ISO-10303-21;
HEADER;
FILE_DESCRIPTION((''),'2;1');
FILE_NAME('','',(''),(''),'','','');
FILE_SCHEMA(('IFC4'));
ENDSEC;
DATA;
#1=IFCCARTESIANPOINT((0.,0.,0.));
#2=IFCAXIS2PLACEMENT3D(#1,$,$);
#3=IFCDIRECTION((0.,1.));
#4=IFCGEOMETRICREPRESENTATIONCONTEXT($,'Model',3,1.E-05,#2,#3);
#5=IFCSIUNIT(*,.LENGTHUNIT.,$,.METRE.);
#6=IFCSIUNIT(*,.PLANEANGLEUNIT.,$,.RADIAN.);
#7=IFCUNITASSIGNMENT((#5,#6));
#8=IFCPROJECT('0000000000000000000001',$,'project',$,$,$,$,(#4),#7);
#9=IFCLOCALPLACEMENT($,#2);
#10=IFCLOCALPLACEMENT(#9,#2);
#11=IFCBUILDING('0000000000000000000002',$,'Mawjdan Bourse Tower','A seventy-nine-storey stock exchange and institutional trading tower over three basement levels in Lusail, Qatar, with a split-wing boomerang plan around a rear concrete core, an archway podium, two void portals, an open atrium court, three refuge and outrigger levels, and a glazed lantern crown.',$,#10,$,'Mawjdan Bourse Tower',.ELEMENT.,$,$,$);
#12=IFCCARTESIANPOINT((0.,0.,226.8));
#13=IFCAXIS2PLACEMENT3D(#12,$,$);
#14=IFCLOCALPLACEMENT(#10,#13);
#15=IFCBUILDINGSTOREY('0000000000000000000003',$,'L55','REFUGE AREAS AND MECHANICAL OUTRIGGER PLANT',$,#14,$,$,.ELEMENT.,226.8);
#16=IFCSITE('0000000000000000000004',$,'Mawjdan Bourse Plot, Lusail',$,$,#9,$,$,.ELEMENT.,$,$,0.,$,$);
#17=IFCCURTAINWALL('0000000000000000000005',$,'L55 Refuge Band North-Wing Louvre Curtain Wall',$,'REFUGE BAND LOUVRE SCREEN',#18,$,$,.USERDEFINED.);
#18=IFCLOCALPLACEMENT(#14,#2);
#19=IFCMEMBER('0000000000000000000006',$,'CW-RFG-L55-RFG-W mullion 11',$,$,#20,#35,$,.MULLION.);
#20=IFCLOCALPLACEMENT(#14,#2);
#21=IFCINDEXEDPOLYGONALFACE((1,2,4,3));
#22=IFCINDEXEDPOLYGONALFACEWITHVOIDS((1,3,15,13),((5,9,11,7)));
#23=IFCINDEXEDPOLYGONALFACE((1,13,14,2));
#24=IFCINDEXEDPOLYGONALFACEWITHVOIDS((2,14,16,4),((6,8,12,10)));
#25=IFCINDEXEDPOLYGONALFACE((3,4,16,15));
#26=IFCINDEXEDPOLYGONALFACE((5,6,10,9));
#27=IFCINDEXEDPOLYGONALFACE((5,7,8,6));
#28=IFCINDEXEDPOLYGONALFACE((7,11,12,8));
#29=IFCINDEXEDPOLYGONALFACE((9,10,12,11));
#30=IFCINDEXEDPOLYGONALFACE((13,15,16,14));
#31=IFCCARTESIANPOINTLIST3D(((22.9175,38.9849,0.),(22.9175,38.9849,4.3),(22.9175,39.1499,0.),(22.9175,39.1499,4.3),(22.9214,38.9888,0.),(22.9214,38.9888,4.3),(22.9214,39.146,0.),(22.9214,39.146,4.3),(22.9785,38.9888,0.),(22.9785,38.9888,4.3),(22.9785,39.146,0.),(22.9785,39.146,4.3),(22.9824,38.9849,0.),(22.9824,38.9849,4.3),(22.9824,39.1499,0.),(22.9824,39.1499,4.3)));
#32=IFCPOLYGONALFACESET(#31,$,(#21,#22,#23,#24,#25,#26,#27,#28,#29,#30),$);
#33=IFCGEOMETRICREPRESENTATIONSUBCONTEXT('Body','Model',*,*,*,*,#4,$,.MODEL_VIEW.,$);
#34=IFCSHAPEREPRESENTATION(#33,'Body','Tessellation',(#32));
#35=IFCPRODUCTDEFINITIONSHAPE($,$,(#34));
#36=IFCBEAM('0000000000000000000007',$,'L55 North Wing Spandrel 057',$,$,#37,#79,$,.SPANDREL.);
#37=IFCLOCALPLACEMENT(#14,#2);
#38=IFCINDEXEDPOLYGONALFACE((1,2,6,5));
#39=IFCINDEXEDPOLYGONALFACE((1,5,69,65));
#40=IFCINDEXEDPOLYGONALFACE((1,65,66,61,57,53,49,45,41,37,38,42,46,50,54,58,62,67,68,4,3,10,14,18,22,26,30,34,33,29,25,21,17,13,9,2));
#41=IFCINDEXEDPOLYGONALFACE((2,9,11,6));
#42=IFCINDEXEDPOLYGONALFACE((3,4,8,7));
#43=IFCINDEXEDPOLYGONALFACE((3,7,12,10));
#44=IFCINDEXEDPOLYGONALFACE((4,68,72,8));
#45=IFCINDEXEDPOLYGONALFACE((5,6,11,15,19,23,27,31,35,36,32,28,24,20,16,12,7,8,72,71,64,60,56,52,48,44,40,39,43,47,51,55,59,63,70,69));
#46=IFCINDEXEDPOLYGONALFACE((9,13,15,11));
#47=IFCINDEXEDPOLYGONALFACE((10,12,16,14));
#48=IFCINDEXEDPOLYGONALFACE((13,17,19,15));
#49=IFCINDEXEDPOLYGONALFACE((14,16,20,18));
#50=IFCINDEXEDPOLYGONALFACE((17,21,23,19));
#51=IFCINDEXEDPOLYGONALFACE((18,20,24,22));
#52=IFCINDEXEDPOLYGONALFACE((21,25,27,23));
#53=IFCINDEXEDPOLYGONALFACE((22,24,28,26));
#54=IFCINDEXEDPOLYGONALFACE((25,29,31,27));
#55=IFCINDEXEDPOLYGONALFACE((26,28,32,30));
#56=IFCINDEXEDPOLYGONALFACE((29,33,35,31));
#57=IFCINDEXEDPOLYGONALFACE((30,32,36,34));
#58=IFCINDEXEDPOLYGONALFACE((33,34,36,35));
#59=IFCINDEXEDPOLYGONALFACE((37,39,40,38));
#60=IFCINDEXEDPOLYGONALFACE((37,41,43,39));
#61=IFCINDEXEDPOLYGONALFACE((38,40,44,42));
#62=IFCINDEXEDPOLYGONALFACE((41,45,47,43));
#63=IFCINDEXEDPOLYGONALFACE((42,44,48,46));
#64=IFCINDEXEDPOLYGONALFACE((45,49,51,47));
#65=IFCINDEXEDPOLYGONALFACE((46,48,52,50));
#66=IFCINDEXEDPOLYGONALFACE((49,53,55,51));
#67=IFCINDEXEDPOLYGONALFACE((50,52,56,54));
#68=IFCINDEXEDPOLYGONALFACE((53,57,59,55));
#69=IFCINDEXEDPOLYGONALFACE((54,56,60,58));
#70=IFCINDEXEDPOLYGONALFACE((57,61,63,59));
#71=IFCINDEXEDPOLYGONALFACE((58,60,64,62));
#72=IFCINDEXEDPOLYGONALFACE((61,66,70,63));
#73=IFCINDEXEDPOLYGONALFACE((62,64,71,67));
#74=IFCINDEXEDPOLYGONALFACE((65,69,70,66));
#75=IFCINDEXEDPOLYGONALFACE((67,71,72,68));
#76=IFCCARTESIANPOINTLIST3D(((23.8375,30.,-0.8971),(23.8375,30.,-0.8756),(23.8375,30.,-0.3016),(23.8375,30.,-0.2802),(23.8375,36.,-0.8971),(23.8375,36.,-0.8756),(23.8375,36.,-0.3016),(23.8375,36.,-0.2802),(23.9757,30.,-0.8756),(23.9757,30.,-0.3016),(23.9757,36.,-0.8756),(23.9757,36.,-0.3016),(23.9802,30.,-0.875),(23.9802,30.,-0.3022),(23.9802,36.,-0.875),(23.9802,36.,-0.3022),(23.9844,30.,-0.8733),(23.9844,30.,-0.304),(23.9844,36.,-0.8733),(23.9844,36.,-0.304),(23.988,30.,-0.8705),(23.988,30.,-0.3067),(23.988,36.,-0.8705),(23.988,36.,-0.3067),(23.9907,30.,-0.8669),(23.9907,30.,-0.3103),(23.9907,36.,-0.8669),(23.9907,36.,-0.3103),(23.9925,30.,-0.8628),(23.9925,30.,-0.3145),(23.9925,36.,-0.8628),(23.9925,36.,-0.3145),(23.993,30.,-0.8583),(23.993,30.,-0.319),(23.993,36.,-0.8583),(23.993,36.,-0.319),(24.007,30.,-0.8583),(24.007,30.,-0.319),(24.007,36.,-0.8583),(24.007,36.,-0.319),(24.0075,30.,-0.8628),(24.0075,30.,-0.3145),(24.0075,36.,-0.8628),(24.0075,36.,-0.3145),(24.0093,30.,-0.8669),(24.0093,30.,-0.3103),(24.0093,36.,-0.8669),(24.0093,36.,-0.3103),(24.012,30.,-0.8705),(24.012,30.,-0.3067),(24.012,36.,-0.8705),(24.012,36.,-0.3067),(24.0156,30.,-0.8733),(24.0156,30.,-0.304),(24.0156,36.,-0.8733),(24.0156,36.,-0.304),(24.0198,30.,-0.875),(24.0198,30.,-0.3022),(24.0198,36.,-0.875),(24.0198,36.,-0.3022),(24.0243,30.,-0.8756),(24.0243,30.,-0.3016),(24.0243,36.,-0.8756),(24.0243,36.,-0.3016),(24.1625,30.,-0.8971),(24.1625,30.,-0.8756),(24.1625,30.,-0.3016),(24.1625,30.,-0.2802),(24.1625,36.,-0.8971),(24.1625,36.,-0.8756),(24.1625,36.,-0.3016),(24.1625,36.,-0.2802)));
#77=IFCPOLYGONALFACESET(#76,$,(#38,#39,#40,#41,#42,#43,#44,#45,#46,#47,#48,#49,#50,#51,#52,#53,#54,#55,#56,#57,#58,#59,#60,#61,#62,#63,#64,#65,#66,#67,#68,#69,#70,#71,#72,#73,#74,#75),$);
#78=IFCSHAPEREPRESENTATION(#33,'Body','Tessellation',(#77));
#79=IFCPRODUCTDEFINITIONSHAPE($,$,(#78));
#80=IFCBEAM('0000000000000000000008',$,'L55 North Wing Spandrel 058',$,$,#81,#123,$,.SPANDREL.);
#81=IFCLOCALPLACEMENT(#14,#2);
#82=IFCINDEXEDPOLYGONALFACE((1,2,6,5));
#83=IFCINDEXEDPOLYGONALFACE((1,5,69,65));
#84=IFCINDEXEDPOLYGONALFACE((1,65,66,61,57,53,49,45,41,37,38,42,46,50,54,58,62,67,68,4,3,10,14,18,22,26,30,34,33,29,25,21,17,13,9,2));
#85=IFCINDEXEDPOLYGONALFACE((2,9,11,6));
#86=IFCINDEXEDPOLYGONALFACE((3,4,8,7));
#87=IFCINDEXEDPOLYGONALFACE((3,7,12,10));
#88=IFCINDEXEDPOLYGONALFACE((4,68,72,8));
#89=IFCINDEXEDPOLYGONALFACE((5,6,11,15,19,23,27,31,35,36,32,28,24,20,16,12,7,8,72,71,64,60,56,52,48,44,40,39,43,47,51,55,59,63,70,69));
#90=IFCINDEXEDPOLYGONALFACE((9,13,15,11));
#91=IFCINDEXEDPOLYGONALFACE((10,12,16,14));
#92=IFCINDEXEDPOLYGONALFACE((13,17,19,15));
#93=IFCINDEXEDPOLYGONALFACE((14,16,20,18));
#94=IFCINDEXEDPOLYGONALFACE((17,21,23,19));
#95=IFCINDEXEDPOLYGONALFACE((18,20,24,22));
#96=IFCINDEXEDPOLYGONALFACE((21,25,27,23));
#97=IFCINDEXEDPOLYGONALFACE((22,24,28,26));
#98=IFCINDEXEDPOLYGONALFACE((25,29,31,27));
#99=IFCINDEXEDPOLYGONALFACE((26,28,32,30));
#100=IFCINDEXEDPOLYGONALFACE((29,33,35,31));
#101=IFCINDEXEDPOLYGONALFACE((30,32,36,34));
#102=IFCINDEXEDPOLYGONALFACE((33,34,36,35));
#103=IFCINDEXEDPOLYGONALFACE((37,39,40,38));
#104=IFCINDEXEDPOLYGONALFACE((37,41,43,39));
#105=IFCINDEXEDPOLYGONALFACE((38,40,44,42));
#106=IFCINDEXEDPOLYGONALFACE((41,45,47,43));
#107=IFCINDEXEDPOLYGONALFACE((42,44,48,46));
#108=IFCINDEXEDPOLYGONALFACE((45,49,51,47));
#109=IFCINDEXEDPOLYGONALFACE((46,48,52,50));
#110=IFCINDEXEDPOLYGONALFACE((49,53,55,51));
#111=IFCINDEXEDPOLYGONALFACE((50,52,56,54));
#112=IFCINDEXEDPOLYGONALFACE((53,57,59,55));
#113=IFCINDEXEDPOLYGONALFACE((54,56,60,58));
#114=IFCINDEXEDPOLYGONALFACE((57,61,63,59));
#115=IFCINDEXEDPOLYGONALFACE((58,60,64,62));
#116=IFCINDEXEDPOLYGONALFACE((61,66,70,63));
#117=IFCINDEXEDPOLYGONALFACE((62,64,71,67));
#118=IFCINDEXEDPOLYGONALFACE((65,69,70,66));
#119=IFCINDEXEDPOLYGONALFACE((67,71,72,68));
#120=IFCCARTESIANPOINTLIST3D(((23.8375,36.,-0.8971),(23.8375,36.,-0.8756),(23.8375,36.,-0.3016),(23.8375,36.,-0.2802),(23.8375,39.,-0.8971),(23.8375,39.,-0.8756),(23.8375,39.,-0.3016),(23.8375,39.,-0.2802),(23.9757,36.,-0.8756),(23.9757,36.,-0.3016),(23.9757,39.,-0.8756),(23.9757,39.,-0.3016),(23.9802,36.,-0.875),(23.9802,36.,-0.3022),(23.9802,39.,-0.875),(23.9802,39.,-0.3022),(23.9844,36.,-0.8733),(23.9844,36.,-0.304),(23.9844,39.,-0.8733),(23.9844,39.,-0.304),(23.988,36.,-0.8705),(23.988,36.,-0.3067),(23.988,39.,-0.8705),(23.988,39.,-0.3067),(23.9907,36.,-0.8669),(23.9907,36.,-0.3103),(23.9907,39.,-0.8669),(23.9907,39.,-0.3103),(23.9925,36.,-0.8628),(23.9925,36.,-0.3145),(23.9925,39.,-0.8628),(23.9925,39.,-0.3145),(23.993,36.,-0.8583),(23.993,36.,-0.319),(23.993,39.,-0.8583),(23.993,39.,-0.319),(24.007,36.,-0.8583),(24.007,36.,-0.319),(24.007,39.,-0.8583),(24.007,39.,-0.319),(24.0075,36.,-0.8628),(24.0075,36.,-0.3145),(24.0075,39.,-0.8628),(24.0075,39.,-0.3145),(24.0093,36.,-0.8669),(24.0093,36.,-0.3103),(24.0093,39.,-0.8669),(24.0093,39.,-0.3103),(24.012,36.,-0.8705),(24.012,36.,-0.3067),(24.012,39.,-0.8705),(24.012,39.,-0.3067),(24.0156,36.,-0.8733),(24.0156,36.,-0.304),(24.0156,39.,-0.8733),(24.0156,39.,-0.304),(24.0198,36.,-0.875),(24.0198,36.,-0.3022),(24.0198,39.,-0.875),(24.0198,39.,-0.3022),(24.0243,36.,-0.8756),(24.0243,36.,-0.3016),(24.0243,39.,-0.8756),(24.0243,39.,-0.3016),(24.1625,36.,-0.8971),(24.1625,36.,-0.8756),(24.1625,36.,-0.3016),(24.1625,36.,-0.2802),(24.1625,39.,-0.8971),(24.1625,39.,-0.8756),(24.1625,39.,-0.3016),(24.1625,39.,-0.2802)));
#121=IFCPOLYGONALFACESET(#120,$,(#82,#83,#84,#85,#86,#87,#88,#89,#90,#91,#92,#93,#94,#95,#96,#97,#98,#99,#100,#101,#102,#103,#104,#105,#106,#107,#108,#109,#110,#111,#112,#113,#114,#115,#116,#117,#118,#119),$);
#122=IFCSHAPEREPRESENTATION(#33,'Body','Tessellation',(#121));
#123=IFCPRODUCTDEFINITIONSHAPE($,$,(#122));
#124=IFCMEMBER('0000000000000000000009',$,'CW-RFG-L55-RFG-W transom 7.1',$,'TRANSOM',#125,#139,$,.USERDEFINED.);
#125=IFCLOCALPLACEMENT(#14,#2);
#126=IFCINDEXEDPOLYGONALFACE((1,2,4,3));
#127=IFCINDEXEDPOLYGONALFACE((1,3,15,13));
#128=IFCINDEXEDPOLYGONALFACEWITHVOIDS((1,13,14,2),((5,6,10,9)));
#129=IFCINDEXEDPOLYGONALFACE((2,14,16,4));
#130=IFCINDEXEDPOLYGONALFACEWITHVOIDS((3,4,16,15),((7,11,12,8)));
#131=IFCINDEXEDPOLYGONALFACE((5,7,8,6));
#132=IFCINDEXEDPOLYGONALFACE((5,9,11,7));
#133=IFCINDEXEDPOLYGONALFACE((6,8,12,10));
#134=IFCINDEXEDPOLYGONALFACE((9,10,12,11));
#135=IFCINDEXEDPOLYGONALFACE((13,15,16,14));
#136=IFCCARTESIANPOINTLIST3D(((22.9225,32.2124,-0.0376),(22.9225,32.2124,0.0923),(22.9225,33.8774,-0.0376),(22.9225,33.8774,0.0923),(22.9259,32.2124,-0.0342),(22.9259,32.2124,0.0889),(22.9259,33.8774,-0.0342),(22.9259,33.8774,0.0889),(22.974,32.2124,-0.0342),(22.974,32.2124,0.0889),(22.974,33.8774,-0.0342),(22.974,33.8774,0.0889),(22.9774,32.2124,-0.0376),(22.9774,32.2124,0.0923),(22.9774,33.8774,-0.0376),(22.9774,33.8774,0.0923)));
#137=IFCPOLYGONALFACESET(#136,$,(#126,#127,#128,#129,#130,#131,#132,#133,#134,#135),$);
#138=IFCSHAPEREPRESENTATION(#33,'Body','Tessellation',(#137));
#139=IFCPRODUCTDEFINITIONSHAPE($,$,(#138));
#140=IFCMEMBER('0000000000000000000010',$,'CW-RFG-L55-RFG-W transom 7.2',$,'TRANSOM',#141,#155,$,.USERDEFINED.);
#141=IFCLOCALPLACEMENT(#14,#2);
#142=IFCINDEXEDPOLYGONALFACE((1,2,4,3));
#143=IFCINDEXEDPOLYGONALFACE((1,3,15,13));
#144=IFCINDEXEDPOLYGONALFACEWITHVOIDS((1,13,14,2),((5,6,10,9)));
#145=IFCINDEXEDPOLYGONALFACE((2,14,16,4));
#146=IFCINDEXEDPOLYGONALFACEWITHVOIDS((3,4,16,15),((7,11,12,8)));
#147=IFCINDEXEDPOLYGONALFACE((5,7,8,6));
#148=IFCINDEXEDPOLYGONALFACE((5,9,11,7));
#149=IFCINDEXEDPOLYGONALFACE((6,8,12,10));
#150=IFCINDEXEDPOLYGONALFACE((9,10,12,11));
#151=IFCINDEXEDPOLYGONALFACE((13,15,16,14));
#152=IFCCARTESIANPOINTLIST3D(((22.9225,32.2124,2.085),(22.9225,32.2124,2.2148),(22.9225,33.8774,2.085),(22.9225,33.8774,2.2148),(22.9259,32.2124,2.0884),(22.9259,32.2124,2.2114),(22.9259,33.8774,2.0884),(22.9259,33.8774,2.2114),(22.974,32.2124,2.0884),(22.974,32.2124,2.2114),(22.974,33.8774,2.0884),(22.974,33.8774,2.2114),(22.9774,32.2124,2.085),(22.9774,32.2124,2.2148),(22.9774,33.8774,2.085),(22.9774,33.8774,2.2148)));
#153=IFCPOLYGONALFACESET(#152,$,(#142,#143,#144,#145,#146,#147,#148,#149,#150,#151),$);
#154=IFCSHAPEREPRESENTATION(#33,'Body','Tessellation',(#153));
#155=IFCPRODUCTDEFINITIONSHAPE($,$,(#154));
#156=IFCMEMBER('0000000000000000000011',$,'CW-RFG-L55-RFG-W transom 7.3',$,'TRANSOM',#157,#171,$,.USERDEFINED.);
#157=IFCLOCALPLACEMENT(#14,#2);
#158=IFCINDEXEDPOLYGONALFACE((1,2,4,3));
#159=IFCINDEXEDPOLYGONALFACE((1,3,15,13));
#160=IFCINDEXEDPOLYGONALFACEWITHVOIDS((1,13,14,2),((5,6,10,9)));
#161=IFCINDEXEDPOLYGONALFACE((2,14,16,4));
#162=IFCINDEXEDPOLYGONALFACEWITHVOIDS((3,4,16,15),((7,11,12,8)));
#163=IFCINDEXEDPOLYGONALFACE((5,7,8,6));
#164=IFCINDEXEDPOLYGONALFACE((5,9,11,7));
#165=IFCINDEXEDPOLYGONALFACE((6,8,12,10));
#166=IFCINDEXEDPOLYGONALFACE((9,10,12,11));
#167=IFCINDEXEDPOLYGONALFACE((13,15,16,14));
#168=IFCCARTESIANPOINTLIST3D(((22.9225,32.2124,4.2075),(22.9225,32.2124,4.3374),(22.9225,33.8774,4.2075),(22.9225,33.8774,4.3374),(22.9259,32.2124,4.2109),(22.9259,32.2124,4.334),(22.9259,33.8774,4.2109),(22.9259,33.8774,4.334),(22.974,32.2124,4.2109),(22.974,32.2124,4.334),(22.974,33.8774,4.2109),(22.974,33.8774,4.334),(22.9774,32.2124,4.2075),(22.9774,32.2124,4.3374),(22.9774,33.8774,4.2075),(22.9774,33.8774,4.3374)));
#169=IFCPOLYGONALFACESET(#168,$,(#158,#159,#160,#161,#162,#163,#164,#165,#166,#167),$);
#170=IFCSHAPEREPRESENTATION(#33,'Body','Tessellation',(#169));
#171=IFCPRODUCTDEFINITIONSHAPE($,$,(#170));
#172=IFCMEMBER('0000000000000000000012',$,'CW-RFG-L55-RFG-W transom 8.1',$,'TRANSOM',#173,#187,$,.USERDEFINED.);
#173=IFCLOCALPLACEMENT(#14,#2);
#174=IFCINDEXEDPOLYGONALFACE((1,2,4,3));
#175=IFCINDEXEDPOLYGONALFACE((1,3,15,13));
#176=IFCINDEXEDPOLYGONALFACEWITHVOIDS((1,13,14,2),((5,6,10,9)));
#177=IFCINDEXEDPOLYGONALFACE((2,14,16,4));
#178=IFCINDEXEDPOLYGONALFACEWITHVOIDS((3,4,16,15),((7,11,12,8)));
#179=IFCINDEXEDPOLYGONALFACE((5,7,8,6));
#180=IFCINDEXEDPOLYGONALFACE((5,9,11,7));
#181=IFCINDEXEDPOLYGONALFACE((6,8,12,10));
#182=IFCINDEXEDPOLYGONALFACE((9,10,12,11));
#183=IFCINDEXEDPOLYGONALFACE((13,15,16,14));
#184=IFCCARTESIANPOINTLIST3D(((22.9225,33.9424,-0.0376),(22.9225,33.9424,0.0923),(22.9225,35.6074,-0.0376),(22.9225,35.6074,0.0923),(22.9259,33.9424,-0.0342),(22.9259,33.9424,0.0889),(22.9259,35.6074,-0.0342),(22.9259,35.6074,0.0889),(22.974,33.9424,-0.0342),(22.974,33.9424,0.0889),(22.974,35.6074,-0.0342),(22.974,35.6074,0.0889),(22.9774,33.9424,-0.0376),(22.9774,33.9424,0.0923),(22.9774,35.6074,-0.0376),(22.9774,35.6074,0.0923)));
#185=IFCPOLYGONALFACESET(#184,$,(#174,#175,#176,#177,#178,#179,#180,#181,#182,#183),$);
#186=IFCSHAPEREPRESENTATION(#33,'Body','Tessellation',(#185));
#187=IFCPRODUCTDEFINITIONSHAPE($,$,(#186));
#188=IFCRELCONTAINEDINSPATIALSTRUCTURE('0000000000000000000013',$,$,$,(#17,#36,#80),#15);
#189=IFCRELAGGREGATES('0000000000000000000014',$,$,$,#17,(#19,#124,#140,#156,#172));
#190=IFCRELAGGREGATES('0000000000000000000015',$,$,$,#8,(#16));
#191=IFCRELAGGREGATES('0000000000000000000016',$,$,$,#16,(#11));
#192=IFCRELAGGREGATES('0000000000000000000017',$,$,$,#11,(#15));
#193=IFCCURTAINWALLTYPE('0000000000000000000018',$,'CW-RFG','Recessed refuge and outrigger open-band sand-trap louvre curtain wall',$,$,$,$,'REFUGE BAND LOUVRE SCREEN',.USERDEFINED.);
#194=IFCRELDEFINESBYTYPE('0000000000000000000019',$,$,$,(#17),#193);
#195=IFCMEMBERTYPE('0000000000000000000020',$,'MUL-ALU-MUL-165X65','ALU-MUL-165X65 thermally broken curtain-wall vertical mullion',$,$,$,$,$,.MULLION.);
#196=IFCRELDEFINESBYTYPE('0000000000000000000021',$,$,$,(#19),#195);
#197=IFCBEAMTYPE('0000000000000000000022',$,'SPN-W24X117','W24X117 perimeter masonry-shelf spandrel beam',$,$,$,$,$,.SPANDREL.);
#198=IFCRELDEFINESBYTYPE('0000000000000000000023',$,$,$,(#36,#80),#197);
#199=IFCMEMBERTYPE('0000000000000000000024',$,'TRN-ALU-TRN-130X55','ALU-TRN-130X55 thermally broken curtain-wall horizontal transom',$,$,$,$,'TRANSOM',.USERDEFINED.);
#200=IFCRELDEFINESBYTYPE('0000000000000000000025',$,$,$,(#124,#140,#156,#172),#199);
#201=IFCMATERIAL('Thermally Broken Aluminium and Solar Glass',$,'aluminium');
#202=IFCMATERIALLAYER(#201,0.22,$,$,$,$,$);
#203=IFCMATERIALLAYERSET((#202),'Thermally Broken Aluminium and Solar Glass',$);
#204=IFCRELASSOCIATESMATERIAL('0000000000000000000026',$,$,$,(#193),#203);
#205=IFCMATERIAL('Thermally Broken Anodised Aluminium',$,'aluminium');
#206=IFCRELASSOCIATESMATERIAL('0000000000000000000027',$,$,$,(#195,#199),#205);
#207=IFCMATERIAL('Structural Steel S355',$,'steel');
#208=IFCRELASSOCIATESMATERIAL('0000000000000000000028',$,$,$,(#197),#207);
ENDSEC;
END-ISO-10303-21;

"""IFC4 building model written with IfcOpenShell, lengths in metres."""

from ifc_helpers import new_model, si_unit, direction, frame, origin, origin_2d, place, context, subcontext, project, spatial, hollow_rectangle, i_section, extrude, material, layer, layer_set, material_profile, profile_set, type_object, element, aggregate, save


model = new_model("IFC4")

# Units and contexts
model_context = context("Model", 3, precision=1e-05, world=origin(), true_north=direction((0.0, 1.0)))
body_context = subcontext(model_context, "Body", "Model", "MODEL_VIEW")
ifc_project = project(units=[si_unit("LENGTHUNIT", "METRE"), si_unit("PLANEANGLEUNIT", "RADIAN")], contexts=[model_context])

# Site, building, storey
site_placement = place(None, origin())
site = spatial("IfcSite", under=ifc_project, at=site_placement, Name="Mawjdan Bourse Plot, Lusail", CompositionType="ELEMENT", RefElevation=0.0)
building_placement = place(site_placement, origin())
building = spatial("IfcBuilding", under=site, at=building_placement, Name="Mawjdan Bourse Tower", Description="A seventy-nine-storey stock exchange and institutional trading tower over three basement levels in Lusail, Qatar, with a split-wing boomerang plan around a rear concrete core, an archway podium, two void portals, an open atrium court, three refuge and outrigger levels, and a glazed lantern crown.", LongName="Mawjdan Bourse Tower", CompositionType="ELEMENT")
storey_placement = place(building_placement, frame((0.0, 0.0, 226.8)))
storey = spatial("IfcBuildingStorey", under=building, at=storey_placement, Name="L55", Description="REFUGE AREAS AND MECHANICAL OUTRIGGER PLANT", CompositionType="ELEMENT", Elevation=226.8)

# Curtain wall, member
ifc_material_1 = material(Name="Thermally Broken Aluminium and Solar Glass", Category="aluminium")
ifc_layer_1 = layer(ifc_material_1, 0.22)
ifc_layer_set_1 = layer_set([ifc_layer_1], Name="Thermally Broken Aluminium and Solar Glass")
curtain_wall_type = type_object("IfcCurtainWallType", Name="CW-RFG", Description="Recessed refuge and outrigger open-band sand-trap louvre curtain wall", ElementType="REFUGE BAND LOUVRE SCREEN", PredefinedType="USERDEFINED", material=ifc_layer_set_1)
curtain_wall_placement = place(storey_placement, origin())
curtain_wall = element("IfcCurtainWall", 1, at=curtain_wall_placement, inside=storey, type_object=curtain_wall_type, Name="L55 Refuge Band North-Wing Louvre Curtain Wall", ObjectType="REFUGE BAND LOUVRE SCREEN", PredefinedType="USERDEFINED")
ifc_material_2 = material(Name="Thermally Broken Anodised Aluminium", Category="aluminium")
ifc_material_profile_1 = material_profile(ifc_material_2, hollow_rectangle(XDim=0.0649, YDim=0.165, WallThickness=0.0039, at=origin_2d()), Name="ALU-MUL-165X65")
ifc_profile_set_1 = profile_set([ifc_material_profile_1], Name="Thermally Broken Anodised Aluminium")
member_type_1 = type_object("IfcMemberType", Name="MUL-ALU-MUL-165X65", Description="ALU-MUL-165X65 thermally broken curtain-wall vertical mullion", PredefinedType="MULLION", material=ifc_profile_set_1)
member_1_placement = place(storey_placement, frame((22.95, 39.0674, 0.0), z_axis=(0.0, 0.0, 1.0), x_axis=(-1.0, 0.0, 0.0)))
member_1 = element("IfcMember", 2, at=member_1_placement, type_object=member_type_1, Name="CW-RFG-L55-RFG-W mullion 11", PredefinedType="MULLION", context=body_context, shape_type="SweptSolid", body=[
    extrude(hollow_rectangle(XDim=0.0649, YDim=0.165, WallThickness=0.0039, at=origin_2d()), origin(), (0.0, 0.0, 1.0), 4.3),
])

# Beams
ifc_material_3 = material(Name="Structural Steel S355", Category="steel")
ifc_material_profile_2 = material_profile(ifc_material_3, i_section(OverallWidth=0.325, OverallDepth=0.6169, WebThickness=0.0139, FlangeThickness=0.0215, FilletRadius=0.0173, at=origin_2d()), Name="W24X117")
ifc_profile_set_2 = profile_set([ifc_material_profile_2], Name="Structural Steel S355")
beam_type = type_object("IfcBeamType", Name="SPN-W24X117", Description="W24X117 perimeter masonry-shelf spandrel beam", PredefinedType="SPANDREL", material=ifc_profile_set_2)
beam_1_placement = place(storey_placement, frame((24.0, 30.0, -0.5886), z_axis=(0.0, 1.0, 0.0), x_axis=(-1.0, 0.0, 0.0)))
element("IfcBeam", 3, at=beam_1_placement, inside=storey, type_object=beam_type, Name="L55 North Wing Spandrel 057", PredefinedType="SPANDREL", context=body_context, shape_type="SweptSolid", body=[
    extrude(i_section(OverallWidth=0.325, OverallDepth=0.6169, WebThickness=0.0139, FlangeThickness=0.0215, FilletRadius=0.0173, at=origin_2d()), origin(), (0.0, 0.0, 1.0), 6.0),
])
beam_2_placement = place(storey_placement, frame((24.0, 36.0, -0.5886), z_axis=(0.0, 1.0, 0.0), x_axis=(-1.0, 0.0, 0.0)))
element("IfcBeam", 4, at=beam_2_placement, inside=storey, type_object=beam_type, Name="L55 North Wing Spandrel 058", PredefinedType="SPANDREL", context=body_context, shape_type="SweptSolid", body=[
    extrude(i_section(OverallWidth=0.325, OverallDepth=0.6169, WebThickness=0.0139, FlangeThickness=0.0215, FilletRadius=0.0173, at=origin_2d()), origin(), (0.0, 0.0, 1.0), 3.0),
])

# Members
ifc_material_profile_3 = material_profile(ifc_material_2, hollow_rectangle(XDim=0.0549, YDim=0.1299, WallThickness=0.0034, at=origin_2d()), Name="ALU-TRN-130X55")
ifc_profile_set_3 = profile_set([ifc_material_profile_3], Name="Thermally Broken Anodised Aluminium")
member_type_2 = type_object("IfcMemberType", Name="TRN-ALU-TRN-130X55", Description="ALU-TRN-130X55 thermally broken curtain-wall horizontal transom", ElementType="TRANSOM", PredefinedType="USERDEFINED", material=ifc_profile_set_3)
member_2_placement = place(storey_placement, frame((22.95, 32.2124, 0.0273), z_axis=(0.0, 1.0, 0.0), x_axis=(-1.0, 0.0, 0.0)))
member_2 = element("IfcMember", 5, at=member_2_placement, type_object=member_type_2, Name="CW-RFG-L55-RFG-W transom 7.1", ObjectType="TRANSOM", PredefinedType="USERDEFINED", context=body_context, shape_type="SweptSolid", body=[
    extrude(hollow_rectangle(XDim=0.0549, YDim=0.1299, WallThickness=0.0034, at=origin_2d()), origin(), (0.0, 0.0, 1.0), 1.665),
])
member_3_placement = place(storey_placement, frame((22.95, 32.2124, 2.1499), z_axis=(0.0, 1.0, 0.0), x_axis=(-1.0, 0.0, 0.0)))
member_3 = element("IfcMember", 6, at=member_3_placement, type_object=member_type_2, Name="CW-RFG-L55-RFG-W transom 7.2", ObjectType="TRANSOM", PredefinedType="USERDEFINED", context=body_context, shape_type="SweptSolid", body=[
    extrude(hollow_rectangle(XDim=0.0549, YDim=0.1299, WallThickness=0.0034, at=origin_2d()), origin(), (0.0, 0.0, 1.0), 1.665),
])
member_4_placement = place(storey_placement, frame((22.95, 32.2124, 4.2725), z_axis=(0.0, 1.0, 0.0), x_axis=(-1.0, 0.0, 0.0)))
member_4 = element("IfcMember", 7, at=member_4_placement, type_object=member_type_2, Name="CW-RFG-L55-RFG-W transom 7.3", ObjectType="TRANSOM", PredefinedType="USERDEFINED", context=body_context, shape_type="SweptSolid", body=[
    extrude(hollow_rectangle(XDim=0.0549, YDim=0.1299, WallThickness=0.0034, at=origin_2d()), origin(), (0.0, 0.0, 1.0), 1.665),
])
member_5_placement = place(storey_placement, frame((22.95, 33.9424, 0.0273), z_axis=(0.0, 1.0, 0.0), x_axis=(-1.0, 0.0, 0.0)))
member_5 = element("IfcMember", 8, at=member_5_placement, type_object=member_type_2, Name="CW-RFG-L55-RFG-W transom 8.1", ObjectType="TRANSOM", PredefinedType="USERDEFINED", context=body_context, shape_type="SweptSolid", body=[
    extrude(hollow_rectangle(XDim=0.0549, YDim=0.1299, WallThickness=0.0034, at=origin_2d()), origin(), (0.0, 0.0, 1.0), 1.665),
])

aggregate(curtain_wall, [member_1, member_2, member_3, member_4, member_5])

save(model, "model.ifc")
